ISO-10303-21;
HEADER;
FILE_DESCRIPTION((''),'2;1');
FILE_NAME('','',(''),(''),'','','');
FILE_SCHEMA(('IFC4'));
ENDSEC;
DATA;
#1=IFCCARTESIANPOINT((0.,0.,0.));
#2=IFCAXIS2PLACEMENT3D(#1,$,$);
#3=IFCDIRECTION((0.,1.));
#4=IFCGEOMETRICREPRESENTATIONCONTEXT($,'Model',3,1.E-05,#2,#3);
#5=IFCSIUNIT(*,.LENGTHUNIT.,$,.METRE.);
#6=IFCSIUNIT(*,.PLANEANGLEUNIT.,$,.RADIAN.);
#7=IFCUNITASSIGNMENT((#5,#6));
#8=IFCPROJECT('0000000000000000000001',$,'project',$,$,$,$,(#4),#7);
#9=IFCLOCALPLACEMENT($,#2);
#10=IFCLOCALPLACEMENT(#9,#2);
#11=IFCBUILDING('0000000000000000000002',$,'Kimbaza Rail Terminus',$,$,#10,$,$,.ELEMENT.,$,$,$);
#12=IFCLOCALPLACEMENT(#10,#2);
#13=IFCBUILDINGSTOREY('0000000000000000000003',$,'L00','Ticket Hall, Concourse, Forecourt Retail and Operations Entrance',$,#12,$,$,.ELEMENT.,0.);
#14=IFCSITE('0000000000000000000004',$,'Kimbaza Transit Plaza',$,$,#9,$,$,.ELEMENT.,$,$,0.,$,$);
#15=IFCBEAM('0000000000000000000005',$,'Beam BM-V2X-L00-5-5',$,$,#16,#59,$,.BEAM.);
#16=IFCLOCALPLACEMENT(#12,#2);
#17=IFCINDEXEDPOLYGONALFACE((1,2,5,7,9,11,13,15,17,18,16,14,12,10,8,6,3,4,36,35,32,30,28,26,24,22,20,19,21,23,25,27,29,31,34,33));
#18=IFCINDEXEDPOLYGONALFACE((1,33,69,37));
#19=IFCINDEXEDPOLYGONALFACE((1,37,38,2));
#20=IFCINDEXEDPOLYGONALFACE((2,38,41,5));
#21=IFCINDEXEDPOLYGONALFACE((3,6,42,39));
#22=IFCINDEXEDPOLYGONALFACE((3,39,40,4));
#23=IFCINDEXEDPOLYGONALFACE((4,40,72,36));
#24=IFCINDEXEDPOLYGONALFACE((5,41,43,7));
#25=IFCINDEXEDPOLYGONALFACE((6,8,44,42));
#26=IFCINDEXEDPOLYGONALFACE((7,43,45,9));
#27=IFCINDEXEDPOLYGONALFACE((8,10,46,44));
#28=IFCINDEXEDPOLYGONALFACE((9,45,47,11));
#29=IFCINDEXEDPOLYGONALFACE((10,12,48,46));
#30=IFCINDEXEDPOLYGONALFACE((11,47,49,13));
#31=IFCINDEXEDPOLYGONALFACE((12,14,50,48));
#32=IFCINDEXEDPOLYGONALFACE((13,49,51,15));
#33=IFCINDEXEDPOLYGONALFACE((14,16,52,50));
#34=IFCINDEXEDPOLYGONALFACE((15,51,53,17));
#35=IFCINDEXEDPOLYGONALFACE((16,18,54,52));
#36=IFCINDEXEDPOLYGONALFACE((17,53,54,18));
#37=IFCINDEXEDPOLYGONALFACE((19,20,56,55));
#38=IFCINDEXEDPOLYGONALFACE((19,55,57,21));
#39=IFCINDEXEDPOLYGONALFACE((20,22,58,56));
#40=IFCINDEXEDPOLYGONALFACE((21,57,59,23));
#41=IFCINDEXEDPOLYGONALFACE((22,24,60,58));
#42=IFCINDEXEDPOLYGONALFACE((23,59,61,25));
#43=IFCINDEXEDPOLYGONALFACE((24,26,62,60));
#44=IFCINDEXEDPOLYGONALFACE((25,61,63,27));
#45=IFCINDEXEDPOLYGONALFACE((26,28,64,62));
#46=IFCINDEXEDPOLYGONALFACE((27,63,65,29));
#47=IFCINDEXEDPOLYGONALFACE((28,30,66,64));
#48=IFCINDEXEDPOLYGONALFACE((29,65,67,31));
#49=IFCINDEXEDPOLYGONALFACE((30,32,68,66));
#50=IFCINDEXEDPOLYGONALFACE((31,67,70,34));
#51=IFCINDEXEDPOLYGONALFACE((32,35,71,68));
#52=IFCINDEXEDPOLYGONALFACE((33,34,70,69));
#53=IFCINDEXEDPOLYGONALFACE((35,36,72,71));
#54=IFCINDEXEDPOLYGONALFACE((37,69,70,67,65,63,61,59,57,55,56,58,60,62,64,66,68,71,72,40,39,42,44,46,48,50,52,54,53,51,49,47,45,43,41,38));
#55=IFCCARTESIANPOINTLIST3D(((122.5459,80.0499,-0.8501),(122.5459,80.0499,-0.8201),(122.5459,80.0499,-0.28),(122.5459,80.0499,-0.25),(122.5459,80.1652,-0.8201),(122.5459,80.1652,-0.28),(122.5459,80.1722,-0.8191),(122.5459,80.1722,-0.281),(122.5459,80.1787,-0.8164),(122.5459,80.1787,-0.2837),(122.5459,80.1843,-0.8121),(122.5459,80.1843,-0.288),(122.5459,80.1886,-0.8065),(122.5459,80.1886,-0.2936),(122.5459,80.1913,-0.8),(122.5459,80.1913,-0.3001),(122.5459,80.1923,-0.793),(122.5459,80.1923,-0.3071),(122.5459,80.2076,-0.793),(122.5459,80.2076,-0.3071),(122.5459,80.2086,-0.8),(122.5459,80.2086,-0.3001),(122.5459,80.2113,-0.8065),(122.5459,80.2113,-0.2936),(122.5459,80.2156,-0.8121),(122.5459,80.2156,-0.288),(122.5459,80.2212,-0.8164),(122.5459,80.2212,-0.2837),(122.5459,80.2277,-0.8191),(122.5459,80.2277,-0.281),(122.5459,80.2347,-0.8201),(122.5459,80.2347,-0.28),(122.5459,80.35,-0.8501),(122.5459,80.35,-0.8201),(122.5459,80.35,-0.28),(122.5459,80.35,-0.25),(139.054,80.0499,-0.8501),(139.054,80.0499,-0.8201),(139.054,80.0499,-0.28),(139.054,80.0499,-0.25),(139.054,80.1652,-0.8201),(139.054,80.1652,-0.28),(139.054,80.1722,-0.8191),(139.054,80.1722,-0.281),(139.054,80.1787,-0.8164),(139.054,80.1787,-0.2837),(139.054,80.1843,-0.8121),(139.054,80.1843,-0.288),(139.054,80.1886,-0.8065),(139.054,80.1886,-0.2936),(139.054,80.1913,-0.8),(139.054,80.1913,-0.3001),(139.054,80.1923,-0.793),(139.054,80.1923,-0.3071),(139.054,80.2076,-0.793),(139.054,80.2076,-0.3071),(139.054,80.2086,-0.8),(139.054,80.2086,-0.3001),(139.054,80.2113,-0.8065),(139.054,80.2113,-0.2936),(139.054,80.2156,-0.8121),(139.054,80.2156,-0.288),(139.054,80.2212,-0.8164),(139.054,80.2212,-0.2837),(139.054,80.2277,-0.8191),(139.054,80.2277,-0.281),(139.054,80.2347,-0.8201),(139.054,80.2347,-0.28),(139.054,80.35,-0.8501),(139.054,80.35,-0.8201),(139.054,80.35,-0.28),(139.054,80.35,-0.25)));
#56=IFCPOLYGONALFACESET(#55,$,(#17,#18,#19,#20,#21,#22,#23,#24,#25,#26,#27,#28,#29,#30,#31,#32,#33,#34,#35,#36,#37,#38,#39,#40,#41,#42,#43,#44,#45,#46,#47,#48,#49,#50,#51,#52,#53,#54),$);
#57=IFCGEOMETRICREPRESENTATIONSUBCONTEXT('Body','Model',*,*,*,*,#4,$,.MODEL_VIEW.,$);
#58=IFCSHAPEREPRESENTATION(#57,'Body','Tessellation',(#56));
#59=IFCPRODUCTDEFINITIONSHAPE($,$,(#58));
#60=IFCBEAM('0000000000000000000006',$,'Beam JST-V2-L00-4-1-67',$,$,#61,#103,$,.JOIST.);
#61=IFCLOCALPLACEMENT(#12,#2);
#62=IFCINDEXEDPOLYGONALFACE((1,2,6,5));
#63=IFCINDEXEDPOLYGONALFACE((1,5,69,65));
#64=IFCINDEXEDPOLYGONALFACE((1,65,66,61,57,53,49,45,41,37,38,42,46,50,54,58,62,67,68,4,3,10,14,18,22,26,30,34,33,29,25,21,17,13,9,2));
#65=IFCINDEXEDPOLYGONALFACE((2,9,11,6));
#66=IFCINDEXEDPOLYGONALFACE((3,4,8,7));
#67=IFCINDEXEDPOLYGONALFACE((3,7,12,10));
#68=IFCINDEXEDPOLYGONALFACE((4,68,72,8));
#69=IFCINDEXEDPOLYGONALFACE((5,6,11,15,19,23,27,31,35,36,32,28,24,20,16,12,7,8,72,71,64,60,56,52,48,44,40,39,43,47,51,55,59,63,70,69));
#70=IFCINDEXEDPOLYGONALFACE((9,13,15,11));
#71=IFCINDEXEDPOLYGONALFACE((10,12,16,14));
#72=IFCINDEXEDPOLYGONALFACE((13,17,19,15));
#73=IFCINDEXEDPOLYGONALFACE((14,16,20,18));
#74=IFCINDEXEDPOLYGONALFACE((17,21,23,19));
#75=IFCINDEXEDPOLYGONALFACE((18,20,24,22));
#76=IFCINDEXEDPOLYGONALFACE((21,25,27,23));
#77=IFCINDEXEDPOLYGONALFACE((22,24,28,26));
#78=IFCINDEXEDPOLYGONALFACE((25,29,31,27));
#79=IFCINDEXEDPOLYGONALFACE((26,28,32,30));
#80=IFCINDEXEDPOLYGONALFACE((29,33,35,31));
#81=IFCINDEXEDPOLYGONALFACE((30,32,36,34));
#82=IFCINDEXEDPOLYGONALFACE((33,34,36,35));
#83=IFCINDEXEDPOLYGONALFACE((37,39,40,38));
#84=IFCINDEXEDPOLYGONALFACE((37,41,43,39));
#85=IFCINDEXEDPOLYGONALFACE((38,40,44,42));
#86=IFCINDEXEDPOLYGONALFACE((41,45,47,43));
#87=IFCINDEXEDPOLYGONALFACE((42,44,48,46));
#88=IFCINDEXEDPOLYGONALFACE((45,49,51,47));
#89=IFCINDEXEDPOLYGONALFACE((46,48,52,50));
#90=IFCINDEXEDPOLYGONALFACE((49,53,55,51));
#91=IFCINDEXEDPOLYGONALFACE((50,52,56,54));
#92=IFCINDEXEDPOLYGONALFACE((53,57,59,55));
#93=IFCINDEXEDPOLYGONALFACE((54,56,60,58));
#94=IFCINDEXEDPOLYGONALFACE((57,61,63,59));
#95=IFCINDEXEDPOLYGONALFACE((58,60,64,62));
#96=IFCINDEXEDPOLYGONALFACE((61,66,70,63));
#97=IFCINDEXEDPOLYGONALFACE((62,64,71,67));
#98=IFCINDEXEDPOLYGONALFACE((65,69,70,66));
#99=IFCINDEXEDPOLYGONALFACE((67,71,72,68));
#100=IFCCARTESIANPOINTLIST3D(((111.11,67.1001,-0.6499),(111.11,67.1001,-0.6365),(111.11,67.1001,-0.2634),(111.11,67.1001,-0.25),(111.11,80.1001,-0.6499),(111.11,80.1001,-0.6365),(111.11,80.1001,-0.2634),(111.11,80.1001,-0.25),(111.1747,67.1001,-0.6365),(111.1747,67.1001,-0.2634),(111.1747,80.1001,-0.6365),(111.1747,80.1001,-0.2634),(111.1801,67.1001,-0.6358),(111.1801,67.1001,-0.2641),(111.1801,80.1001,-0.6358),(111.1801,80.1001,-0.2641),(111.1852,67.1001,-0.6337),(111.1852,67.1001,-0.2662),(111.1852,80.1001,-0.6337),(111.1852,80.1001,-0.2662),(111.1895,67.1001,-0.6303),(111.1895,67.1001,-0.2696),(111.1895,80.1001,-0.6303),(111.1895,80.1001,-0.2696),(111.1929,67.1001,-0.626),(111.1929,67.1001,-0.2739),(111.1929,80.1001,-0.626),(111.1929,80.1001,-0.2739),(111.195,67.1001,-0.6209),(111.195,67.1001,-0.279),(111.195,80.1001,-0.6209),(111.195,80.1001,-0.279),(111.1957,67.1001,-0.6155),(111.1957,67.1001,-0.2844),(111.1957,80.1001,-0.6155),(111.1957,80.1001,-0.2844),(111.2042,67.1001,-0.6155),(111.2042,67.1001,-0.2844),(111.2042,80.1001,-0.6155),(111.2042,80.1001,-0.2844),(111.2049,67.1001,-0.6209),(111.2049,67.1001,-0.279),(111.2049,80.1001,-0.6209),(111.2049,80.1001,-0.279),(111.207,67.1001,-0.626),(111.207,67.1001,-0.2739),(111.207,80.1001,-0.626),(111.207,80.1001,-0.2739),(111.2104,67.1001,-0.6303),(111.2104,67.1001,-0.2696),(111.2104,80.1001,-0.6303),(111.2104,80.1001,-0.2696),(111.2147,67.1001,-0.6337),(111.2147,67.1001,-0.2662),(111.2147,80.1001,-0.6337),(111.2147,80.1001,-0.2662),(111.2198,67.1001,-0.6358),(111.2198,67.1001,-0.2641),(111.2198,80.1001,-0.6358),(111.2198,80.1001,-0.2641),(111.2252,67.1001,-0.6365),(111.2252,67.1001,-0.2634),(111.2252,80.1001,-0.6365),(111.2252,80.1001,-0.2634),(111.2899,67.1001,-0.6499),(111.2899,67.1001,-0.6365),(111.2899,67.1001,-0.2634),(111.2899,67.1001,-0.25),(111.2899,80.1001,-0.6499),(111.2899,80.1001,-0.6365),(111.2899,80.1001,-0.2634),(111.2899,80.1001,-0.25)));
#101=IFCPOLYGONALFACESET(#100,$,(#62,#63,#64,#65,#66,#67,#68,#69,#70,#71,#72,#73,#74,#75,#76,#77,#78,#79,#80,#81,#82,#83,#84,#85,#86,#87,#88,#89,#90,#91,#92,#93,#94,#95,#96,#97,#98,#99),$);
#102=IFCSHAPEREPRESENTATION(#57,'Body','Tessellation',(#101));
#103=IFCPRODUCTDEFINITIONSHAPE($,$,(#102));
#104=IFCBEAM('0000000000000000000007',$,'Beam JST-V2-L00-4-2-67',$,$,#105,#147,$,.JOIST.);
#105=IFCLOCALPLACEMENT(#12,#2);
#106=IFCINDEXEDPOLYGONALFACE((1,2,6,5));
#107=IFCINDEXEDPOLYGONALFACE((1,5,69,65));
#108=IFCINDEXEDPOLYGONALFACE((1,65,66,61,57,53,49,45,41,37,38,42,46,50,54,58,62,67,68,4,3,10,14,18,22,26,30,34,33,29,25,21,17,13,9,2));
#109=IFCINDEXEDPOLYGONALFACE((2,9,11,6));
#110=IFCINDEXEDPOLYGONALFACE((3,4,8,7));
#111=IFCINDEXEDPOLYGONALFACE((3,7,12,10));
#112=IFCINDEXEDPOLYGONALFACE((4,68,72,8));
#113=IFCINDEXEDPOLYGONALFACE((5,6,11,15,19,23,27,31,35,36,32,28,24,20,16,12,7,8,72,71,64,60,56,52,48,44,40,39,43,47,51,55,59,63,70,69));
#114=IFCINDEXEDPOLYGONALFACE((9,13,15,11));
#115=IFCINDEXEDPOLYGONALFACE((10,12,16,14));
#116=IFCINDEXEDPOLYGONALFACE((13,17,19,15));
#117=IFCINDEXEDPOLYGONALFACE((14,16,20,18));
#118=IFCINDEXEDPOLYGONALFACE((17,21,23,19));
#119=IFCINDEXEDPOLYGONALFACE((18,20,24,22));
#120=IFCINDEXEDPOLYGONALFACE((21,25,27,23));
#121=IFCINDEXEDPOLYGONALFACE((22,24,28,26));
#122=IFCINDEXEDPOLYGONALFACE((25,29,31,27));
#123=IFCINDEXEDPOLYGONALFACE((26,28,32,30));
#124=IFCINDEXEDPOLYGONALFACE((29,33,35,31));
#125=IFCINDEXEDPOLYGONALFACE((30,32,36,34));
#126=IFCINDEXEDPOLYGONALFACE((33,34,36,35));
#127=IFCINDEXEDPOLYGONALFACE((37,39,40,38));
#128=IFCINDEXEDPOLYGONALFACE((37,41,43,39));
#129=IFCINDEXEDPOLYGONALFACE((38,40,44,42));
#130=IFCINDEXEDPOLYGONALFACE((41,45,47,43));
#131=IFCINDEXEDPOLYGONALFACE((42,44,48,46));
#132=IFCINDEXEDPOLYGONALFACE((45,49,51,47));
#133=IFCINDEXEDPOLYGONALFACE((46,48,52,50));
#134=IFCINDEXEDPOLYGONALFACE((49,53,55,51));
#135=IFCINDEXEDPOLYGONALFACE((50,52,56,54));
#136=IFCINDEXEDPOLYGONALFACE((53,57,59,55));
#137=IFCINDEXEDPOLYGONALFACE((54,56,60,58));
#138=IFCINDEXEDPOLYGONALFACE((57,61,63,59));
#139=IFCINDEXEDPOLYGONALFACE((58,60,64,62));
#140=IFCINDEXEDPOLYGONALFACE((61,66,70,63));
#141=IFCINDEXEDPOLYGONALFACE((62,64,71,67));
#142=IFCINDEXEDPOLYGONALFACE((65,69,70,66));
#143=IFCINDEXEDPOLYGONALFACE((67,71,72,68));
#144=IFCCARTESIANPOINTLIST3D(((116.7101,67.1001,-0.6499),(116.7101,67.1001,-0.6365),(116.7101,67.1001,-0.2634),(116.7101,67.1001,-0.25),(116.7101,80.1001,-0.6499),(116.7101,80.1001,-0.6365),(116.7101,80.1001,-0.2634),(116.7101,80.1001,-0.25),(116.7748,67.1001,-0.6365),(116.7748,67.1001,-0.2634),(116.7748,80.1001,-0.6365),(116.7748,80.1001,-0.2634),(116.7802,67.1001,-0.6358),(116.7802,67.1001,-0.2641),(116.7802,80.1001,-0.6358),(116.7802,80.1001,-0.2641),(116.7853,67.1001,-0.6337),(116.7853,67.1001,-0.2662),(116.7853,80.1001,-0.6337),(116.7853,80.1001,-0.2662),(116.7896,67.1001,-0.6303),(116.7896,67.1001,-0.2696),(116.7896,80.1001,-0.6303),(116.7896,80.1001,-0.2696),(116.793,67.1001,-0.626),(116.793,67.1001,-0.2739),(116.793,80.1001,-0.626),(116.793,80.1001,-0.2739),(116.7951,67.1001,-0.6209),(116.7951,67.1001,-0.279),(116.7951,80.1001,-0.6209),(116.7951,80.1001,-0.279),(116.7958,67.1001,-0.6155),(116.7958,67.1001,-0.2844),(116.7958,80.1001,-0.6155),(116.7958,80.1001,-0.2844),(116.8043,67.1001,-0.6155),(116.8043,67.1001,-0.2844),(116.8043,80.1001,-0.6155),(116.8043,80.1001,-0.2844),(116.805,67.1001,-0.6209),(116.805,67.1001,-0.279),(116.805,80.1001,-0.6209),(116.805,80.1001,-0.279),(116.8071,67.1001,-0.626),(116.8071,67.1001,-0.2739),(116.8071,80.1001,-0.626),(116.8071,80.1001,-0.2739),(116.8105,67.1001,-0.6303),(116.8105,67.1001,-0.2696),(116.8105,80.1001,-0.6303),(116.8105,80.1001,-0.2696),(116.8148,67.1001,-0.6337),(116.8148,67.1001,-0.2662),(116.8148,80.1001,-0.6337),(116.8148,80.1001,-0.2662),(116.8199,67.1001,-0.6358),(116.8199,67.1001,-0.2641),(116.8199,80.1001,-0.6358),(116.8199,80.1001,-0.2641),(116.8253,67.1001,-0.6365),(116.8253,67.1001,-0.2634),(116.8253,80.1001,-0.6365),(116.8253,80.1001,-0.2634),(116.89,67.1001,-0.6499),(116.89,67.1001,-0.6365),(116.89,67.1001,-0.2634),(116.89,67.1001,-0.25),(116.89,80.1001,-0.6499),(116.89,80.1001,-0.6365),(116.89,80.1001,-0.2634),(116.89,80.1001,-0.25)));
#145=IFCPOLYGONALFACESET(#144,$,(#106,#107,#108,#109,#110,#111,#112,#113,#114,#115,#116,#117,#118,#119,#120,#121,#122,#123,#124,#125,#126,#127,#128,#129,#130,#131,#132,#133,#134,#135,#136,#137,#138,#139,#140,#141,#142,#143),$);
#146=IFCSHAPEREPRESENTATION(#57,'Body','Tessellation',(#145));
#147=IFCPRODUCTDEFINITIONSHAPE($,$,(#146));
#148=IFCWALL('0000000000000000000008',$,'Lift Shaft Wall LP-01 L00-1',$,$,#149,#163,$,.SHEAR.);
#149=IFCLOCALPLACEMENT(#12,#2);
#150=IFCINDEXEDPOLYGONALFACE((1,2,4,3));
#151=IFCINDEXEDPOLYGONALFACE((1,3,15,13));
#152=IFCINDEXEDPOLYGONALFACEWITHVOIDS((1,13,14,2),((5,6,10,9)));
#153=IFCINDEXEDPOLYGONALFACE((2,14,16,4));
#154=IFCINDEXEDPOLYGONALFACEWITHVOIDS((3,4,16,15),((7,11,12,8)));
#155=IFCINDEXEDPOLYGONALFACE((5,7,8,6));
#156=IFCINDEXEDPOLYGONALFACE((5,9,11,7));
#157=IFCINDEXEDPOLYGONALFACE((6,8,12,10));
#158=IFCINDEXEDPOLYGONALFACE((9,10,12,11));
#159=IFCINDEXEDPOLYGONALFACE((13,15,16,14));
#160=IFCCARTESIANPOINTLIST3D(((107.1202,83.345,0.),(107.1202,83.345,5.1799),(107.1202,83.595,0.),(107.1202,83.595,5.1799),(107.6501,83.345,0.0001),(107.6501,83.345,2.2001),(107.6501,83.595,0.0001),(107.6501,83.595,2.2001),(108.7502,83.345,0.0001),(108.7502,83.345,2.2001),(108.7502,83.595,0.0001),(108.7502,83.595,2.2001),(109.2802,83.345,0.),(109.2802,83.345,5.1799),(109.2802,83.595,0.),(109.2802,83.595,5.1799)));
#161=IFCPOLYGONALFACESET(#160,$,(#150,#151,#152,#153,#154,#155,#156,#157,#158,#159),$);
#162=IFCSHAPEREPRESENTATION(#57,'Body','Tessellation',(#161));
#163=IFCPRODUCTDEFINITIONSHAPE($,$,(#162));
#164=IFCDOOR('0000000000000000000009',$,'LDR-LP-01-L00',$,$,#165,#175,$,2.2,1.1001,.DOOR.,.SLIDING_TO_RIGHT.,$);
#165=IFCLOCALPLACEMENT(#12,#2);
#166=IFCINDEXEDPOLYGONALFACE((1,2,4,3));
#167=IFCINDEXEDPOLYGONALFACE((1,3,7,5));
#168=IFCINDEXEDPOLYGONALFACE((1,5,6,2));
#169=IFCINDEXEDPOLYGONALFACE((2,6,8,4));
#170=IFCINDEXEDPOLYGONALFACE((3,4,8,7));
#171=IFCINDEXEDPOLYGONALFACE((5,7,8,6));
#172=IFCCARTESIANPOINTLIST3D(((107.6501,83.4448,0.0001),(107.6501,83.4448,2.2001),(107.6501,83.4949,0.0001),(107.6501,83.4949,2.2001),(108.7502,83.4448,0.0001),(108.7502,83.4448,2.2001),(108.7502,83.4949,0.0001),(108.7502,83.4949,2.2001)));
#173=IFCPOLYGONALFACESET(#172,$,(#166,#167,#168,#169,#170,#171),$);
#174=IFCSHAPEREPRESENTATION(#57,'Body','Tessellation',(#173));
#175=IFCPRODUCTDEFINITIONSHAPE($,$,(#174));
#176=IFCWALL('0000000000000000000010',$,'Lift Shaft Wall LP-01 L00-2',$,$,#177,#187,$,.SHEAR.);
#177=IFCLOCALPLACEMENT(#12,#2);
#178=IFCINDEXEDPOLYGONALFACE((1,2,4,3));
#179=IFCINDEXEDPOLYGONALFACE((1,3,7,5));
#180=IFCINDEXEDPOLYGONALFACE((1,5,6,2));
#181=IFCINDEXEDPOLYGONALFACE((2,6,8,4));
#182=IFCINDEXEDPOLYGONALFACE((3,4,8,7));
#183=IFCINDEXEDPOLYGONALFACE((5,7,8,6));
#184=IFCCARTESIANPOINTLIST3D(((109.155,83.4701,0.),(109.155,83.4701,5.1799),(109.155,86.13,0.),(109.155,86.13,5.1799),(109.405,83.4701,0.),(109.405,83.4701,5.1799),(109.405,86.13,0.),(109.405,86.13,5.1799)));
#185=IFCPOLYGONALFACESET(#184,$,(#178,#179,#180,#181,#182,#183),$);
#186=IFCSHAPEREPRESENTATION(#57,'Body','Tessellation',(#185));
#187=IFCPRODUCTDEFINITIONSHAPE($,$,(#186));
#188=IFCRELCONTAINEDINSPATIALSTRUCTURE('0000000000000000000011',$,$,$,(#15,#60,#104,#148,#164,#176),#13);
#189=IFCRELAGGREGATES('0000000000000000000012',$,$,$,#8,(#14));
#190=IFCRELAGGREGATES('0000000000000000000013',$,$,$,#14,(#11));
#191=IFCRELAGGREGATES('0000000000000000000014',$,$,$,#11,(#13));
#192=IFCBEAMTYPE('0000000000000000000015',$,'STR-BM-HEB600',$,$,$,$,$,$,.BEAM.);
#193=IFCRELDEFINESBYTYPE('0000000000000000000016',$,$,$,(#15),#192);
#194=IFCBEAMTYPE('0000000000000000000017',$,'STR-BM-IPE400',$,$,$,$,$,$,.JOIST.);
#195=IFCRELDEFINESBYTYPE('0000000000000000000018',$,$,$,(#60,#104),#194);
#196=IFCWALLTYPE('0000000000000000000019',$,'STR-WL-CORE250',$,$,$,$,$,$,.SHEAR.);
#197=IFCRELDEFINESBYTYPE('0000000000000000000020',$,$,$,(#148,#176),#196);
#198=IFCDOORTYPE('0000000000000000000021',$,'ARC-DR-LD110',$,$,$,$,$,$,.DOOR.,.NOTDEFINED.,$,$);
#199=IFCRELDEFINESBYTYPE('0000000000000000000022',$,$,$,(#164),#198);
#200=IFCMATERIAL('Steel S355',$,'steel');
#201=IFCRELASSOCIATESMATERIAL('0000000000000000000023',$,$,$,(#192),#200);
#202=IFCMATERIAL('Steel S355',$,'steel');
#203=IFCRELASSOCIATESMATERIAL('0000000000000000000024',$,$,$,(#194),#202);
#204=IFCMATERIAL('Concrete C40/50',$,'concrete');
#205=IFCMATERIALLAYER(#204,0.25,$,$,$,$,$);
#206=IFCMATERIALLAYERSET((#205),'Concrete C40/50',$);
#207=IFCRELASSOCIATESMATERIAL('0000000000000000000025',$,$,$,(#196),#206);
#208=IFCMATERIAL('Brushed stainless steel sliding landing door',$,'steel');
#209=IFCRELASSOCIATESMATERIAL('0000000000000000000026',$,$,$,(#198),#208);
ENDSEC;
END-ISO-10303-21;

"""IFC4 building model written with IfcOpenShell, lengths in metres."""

from ifc_helpers import new_model, si_unit, direction, frame, frame_2d, origin, origin_2d, place, context, subcontext, project, spatial, rectangle, i_section, extrude, material, layer, layer_set, material_profile, profile_set, type_object, element, fill, save


model = new_model("IFC4")

# Units and contexts
model_context = context("Model", 3, precision=1e-05, world=origin(), true_north=direction((0.0, 1.0)))
body_context = subcontext(model_context, "Body", "Model", "MODEL_VIEW")
ifc_project = project(units=[si_unit("LENGTHUNIT", "METRE"), si_unit("PLANEANGLEUNIT", "RADIAN")], contexts=[model_context])

# Site, building, storey
site_placement = place(None, origin())
site = spatial("IfcSite", under=ifc_project, at=site_placement, Name="Kimbaza Transit Plaza", CompositionType="ELEMENT", RefElevation=0.0)
building_placement = place(site_placement, origin())
building = spatial("IfcBuilding", under=site, at=building_placement, Name="Kimbaza Rail Terminus", CompositionType="ELEMENT")
storey_placement = place(building_placement, origin())
storey = spatial("IfcBuildingStorey", under=building, at=storey_placement, Name="L00", Description="Ticket Hall, Concourse, Forecourt Retail and Operations Entrance", CompositionType="ELEMENT", Elevation=0.0)

# Beams
ifc_material_1 = material(Name="Steel S355", Category="steel")
ifc_material_profile_1 = material_profile(ifc_material_1, i_section(OverallWidth=0.3, OverallDepth=0.6001, WebThickness=0.0154, FlangeThickness=0.03, FilletRadius=0.0271, at=origin_2d()), Name="HEB 600")
ifc_profile_set_1 = profile_set([ifc_material_profile_1], Name="Steel S355")
beam_type_1 = type_object("IfcBeamType", Name="STR-BM-HEB600", PredefinedType="BEAM", material=ifc_profile_set_1)
beam_1_placement = place(storey_placement, frame((122.5459, 80.2, -0.55), z_axis=(1.0, 0.0, 0.0), x_axis=(0.0, 1.0, 0.0)))
element("IfcBeam", 1, at=beam_1_placement, inside=storey, type_object=beam_type_1, Name="Beam BM-V2X-L00-5-5", PredefinedType="BEAM", context=body_context, shape_type="SweptSolid", body=[
    extrude(i_section(OverallWidth=0.3, OverallDepth=0.6001, WebThickness=0.0154, FlangeThickness=0.03, FilletRadius=0.0271, at=origin_2d()), origin(), (0.0, 0.0, 1.0), 16.5081),
])
ifc_material_2 = material(Name="Steel S355", Category="steel")
ifc_material_profile_2 = material_profile(ifc_material_2, i_section(OverallWidth=0.1799, OverallDepth=0.3999, WebThickness=0.0085, FlangeThickness=0.0134, FilletRadius=0.021, at=origin_2d()), Name="IPE 400")
ifc_profile_set_2 = profile_set([ifc_material_profile_2], Name="Steel S355")
beam_type_2 = type_object("IfcBeamType", Name="STR-BM-IPE400", PredefinedType="JOIST", material=ifc_profile_set_2)
for number, where, z_axis, x_axis, name in (
    (2, (111.2, 67.1001, -0.45), (0.0, 1.0, 0.0), (-1.0, 0.0, 0.0), "Beam JST-V2-L00-4-1-67"),
    (3, (116.8, 67.1001, -0.45), (0.0, 1.0, 0.0), (-1.0, 0.0, 0.0), "Beam JST-V2-L00-4-2-67"),
):
    element("IfcBeam", number, at=place(storey_placement, frame(where, z_axis=z_axis, x_axis=x_axis)), inside=storey, type_object=beam_type_2, Name=name, PredefinedType="JOIST", context=body_context, shape_type="SweptSolid", body=[
        extrude(i_section(OverallWidth=0.1799, OverallDepth=0.3999, WebThickness=0.0085, FlangeThickness=0.0134, FilletRadius=0.021, at=origin_2d()), origin(), (0.0, 0.0, 1.0), 13.0),
    ])

# Wall, opening, door
ifc_material_3 = material(Name="Concrete C40/50", Category="concrete")
ifc_layer_1 = layer(ifc_material_3, 0.25)
ifc_layer_set_1 = layer_set([ifc_layer_1], Name="Concrete C40/50")
wall_type_1 = type_object("IfcWallType", Name="STR-WL-CORE250", PredefinedType="SHEAR", material=ifc_layer_set_1)
wall_1_placement = place(storey_placement, frame((107.1201, 83.47, 0.0), z_axis=(0.0, 0.0, 1.0), x_axis=(1.0, 0.0, 0.0)))
wall_1 = element("IfcWall", 4, at=wall_1_placement, inside=storey, type_object=wall_type_1, Name="Lift Shaft Wall LP-01 L00-1", PredefinedType="SHEAR", context=body_context, shape_type="SweptSolid", body=[
    extrude(rectangle(XDim=2.1599, YDim=0.25, at=frame_2d((1.0801, 0.0))), origin(), (0.0, 0.0, 1.0), 5.1799),
])
opening_1_placement = place(wall_1_placement, frame((0.53, 0.0, 0.0)))
opening_1 = element("IfcOpeningElement", 5, at=opening_1_placement, cuts=wall_1, PredefinedType="OPENING", context=body_context, shape_type="SweptSolid", body=[
    extrude(rectangle(XDim=1.1001, YDim=2.2, at=frame_2d((0.55, 1.1001))), frame((0.0, 0.135, 0.0), z_axis=(0.0, -1.0, 0.0), x_axis=(1.0, 0.0, 0.0)), (0.0, 0.0, 1.0), 0.27),
])
ifc_material_4 = material(Name="Brushed stainless steel sliding landing door", Category="steel")
door_type = type_object("IfcDoorType", Name="ARC-DR-LD110", OperationType="NOTDEFINED", PredefinedType="DOOR", material=ifc_material_4)
door_1_placement = place(opening_1_placement, origin())
door_1 = element("IfcDoor", 6, at=door_1_placement, inside=storey, type_object=door_type, Name="LDR-LP-01-L00", OperationType="SLIDING_TO_RIGHT", OverallHeight=2.2, OverallWidth=1.1001, PredefinedType="DOOR", context=body_context, shape_type="SweptSolid", body=[
    extrude(rectangle(XDim=1.1001, YDim=2.2, at=frame_2d((0.55, 1.1001))), frame((0.0, 0.0249, 0.0), z_axis=(0.0, -1.0, 0.0), x_axis=(1.0, 0.0, 0.0)), (0.0, 0.0, 1.0), 0.05),
])
fill(opening_1, door_1)

# Wall
wall_2_placement = place(storey_placement, frame((109.28, 83.47, 0.0), z_axis=(0.0, 0.0, 1.0), x_axis=(0.0, 1.0, 0.0)))
element("IfcWall", 7, at=wall_2_placement, inside=storey, type_object=wall_type_1, Name="Lift Shaft Wall LP-01 L00-2", PredefinedType="SHEAR", context=body_context, shape_type="SweptSolid", body=[
    extrude(rectangle(XDim=2.6599, YDim=0.25, at=frame_2d((1.3301, 0.0))), origin(), (0.0, 0.0, 1.0), 5.1799),
])

save(model, "model.ifc")
